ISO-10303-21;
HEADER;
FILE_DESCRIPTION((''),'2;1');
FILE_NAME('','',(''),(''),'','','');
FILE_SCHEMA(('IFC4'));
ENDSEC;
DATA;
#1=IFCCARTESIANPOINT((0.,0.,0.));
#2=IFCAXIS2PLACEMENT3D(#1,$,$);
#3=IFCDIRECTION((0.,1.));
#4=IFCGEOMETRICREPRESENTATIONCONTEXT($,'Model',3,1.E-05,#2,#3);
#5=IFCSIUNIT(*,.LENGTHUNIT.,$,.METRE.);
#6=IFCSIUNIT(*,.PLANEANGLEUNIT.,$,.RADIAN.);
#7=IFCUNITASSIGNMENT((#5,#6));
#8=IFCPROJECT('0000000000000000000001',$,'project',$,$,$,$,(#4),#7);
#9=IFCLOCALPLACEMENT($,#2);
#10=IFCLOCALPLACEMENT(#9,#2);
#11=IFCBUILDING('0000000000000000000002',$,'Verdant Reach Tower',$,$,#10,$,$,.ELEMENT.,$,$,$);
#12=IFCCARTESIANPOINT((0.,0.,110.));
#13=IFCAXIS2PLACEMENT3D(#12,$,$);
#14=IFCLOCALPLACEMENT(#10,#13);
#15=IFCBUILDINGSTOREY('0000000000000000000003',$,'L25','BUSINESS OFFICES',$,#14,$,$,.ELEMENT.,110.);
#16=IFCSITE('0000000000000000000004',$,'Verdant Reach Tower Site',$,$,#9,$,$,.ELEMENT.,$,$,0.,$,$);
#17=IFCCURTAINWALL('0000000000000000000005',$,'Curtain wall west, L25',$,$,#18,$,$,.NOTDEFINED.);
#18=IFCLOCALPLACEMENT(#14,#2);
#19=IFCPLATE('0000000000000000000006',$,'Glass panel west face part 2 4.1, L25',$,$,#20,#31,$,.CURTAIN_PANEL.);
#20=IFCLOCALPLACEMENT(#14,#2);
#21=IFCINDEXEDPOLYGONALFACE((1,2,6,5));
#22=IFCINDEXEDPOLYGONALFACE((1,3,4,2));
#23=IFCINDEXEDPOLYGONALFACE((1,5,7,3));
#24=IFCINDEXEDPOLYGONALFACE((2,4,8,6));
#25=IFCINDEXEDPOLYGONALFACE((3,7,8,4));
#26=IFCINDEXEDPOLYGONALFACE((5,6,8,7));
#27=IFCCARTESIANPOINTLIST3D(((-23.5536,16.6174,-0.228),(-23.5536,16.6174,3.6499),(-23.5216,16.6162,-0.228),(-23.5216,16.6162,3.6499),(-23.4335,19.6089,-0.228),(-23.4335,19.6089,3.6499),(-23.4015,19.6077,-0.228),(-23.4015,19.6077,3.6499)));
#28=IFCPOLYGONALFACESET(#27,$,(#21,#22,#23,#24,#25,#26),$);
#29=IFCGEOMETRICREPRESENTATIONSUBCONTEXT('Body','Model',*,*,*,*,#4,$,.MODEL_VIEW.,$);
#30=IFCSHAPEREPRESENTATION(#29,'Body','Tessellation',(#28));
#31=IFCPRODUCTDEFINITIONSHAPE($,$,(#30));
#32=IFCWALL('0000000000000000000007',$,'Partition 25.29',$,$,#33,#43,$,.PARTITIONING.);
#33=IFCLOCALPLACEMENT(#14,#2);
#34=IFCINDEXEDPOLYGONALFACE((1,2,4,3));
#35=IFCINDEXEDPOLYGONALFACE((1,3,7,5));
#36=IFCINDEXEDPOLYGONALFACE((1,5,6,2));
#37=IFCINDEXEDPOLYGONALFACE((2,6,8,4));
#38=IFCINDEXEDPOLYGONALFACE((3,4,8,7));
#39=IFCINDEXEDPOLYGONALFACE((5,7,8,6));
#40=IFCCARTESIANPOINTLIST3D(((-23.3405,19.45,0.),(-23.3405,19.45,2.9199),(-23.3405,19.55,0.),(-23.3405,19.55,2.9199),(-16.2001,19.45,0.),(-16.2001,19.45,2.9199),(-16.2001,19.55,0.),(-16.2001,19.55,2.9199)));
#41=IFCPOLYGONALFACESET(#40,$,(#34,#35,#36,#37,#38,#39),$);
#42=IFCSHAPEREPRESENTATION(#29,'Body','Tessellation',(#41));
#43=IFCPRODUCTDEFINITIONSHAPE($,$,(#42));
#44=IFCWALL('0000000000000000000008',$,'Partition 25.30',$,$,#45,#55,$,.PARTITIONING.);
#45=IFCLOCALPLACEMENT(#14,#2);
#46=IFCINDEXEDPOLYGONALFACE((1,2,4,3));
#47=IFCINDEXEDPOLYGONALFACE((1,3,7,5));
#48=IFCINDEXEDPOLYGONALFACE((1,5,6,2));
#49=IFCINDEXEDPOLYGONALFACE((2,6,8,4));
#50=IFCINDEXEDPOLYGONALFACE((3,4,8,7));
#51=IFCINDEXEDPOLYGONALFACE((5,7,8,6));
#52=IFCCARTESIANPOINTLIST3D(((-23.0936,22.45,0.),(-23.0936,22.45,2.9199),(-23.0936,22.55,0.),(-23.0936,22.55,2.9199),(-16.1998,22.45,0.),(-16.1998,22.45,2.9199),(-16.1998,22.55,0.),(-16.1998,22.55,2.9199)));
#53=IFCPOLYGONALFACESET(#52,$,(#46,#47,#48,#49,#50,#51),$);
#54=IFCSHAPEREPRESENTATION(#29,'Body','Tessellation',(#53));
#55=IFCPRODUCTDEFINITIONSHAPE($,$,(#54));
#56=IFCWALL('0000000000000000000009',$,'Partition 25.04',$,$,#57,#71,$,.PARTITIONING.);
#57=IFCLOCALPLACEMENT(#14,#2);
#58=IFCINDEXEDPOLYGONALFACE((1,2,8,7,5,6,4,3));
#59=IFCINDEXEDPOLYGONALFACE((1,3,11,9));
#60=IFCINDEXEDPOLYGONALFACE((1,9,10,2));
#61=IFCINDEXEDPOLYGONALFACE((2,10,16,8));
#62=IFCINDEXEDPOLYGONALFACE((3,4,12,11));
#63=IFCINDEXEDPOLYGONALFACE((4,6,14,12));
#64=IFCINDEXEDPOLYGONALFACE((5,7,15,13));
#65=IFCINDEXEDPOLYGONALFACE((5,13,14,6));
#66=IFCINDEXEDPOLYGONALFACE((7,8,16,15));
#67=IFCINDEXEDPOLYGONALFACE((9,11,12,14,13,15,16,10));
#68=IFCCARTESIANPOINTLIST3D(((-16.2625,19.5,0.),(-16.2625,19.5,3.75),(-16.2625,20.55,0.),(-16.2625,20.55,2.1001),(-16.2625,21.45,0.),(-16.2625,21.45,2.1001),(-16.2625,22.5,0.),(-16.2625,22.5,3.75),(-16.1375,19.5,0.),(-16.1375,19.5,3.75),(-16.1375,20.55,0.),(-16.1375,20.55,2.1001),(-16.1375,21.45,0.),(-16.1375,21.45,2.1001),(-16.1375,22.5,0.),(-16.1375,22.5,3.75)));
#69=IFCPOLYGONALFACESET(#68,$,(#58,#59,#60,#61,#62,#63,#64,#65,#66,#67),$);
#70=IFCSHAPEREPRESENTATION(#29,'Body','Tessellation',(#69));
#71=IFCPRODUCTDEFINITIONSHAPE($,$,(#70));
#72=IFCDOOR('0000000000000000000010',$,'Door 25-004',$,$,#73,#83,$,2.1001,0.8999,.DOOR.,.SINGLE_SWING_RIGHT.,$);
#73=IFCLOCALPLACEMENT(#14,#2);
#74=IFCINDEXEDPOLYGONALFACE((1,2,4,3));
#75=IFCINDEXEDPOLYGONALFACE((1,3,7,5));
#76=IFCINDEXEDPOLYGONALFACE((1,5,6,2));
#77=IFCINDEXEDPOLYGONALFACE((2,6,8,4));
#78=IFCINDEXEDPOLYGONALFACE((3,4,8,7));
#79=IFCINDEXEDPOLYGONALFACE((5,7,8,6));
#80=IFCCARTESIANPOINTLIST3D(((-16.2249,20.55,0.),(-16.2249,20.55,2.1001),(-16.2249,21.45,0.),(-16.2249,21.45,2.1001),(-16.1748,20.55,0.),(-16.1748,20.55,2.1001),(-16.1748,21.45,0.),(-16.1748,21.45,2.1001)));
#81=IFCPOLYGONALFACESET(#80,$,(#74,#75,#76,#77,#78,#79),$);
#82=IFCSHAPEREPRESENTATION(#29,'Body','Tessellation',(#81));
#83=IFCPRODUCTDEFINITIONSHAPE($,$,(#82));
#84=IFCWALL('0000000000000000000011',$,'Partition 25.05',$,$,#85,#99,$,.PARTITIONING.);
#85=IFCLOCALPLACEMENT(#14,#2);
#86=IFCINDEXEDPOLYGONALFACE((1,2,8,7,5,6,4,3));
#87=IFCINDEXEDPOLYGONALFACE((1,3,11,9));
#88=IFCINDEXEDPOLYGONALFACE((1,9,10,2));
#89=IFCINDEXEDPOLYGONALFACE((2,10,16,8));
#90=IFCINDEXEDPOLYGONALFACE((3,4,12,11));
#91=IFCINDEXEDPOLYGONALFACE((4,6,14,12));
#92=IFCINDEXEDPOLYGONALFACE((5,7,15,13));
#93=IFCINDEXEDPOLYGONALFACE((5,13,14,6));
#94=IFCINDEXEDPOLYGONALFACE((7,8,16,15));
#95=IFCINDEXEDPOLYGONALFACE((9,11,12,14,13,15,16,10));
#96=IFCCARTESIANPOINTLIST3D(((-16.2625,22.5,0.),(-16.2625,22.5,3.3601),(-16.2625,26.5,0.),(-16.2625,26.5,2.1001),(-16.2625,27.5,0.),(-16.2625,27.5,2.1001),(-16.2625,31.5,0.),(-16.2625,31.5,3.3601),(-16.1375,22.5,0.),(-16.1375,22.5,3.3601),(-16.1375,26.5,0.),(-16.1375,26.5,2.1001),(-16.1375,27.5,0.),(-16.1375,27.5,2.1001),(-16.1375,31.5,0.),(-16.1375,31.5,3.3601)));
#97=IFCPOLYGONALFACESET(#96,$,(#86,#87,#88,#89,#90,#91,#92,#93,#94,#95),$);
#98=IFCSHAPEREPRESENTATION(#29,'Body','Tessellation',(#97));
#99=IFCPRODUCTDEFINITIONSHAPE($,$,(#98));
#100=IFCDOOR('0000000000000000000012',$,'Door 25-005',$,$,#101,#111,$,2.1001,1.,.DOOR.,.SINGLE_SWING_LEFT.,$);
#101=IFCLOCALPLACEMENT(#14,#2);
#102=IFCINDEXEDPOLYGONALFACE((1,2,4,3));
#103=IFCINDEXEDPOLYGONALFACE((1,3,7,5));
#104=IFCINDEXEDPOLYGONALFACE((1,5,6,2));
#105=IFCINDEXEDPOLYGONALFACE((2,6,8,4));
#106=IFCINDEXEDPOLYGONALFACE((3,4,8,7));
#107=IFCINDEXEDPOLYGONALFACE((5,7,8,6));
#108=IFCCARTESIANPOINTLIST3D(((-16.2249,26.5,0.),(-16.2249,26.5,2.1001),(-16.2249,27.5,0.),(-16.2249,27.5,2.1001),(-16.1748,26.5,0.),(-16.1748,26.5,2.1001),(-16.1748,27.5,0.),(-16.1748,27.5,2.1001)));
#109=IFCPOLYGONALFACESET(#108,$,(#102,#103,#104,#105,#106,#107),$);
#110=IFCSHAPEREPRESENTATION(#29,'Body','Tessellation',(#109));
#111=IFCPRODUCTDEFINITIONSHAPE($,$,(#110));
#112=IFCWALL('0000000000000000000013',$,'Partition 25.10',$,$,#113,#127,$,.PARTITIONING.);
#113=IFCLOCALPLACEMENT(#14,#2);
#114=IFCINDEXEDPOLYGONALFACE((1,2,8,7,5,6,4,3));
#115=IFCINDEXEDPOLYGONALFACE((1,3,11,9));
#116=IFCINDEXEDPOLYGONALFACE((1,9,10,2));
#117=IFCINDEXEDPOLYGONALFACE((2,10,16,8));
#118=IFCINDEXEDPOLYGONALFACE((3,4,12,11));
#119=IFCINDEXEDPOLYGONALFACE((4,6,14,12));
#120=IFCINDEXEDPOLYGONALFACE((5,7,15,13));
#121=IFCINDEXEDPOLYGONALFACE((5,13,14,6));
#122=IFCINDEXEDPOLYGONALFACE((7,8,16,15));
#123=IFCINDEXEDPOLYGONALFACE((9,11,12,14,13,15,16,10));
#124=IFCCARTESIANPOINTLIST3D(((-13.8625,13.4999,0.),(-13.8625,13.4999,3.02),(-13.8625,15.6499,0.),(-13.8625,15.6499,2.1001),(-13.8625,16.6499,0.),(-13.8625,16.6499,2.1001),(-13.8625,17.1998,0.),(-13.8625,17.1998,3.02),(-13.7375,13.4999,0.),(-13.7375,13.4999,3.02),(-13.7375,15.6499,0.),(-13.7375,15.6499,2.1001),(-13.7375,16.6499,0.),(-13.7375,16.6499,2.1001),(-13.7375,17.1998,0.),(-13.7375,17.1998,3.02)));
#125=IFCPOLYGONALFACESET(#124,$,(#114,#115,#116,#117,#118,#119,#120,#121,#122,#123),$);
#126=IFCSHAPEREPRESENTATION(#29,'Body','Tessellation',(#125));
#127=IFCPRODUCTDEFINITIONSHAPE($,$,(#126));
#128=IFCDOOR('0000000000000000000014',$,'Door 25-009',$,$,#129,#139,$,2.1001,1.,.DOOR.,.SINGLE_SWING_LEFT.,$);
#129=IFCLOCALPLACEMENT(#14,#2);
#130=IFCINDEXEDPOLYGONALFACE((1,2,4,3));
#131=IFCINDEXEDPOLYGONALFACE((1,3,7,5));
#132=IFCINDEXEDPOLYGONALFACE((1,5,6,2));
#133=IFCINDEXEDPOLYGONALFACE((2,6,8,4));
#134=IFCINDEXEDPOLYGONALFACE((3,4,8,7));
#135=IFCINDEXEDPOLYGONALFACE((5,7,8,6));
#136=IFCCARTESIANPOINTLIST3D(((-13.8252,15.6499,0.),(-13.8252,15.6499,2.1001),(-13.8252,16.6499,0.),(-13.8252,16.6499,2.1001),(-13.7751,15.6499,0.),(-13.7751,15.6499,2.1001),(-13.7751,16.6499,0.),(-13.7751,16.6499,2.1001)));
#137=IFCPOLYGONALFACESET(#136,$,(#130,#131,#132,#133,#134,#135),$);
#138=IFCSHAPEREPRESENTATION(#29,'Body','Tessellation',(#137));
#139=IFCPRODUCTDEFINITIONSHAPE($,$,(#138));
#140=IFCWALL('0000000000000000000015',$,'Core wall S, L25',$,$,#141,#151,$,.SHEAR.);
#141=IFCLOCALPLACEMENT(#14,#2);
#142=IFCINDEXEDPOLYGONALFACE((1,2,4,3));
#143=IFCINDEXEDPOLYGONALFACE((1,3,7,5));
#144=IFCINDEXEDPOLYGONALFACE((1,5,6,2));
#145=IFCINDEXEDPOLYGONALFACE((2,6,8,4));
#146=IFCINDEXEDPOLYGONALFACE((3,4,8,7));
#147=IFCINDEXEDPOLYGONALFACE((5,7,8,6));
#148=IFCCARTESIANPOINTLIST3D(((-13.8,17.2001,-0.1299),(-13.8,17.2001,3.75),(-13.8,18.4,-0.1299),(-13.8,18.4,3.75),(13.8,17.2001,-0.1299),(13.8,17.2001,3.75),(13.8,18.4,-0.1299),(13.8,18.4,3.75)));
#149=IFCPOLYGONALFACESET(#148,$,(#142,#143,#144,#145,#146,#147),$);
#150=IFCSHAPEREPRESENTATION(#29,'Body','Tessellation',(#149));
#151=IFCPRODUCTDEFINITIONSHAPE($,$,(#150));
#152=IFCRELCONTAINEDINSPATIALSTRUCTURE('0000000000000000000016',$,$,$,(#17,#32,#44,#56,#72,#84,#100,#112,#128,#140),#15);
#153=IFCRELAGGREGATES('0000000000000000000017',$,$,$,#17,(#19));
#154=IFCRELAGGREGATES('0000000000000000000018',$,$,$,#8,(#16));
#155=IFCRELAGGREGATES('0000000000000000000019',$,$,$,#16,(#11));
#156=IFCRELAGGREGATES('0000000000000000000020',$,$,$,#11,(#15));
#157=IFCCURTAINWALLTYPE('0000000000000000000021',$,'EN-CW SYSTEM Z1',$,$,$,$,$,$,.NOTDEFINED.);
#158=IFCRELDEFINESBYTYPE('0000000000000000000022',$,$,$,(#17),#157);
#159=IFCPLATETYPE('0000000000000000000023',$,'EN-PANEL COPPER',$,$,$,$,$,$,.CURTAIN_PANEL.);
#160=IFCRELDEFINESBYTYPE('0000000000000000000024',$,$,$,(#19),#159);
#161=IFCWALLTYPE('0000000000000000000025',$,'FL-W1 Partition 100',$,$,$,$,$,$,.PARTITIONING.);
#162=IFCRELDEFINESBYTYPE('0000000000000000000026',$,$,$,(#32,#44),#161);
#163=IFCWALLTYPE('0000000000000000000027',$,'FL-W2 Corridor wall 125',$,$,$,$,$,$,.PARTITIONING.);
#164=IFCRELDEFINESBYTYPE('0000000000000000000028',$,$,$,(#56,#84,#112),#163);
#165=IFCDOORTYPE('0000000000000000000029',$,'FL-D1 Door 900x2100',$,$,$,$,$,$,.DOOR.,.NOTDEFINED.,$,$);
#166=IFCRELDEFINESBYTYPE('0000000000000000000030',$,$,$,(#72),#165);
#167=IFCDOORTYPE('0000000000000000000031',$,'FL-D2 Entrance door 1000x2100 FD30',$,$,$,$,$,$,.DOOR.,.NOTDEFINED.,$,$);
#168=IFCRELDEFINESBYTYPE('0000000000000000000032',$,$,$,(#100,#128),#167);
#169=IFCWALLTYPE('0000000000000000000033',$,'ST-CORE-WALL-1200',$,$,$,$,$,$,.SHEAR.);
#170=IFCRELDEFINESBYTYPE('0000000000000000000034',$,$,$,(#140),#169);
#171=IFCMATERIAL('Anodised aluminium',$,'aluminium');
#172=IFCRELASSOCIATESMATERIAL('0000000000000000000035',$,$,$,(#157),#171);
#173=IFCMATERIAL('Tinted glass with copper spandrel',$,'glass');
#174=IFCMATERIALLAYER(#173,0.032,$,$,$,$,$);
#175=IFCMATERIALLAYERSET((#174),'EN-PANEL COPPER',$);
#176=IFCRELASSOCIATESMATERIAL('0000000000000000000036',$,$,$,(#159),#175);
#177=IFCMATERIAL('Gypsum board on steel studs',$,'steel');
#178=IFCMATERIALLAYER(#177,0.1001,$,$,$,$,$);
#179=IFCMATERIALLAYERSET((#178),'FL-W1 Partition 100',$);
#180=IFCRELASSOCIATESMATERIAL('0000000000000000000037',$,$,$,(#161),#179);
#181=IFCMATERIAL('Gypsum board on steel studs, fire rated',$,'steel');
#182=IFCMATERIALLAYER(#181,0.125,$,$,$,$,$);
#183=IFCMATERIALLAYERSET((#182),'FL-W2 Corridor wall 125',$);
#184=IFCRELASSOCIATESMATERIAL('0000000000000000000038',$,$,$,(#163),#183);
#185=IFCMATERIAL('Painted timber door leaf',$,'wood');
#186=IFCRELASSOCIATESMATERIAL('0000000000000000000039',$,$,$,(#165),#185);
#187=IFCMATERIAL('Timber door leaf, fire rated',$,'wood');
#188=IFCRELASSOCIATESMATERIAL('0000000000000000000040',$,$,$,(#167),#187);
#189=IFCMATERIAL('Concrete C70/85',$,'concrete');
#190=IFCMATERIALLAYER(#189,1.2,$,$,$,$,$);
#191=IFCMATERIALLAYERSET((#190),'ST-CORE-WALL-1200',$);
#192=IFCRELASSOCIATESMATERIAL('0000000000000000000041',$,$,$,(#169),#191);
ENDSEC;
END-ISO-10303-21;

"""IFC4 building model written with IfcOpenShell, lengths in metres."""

from ifc_helpers import new_model, si_unit, direction, frame, frame_2d, origin, origin_2d, place, context, subcontext, project, spatial, rectangle, extrude, material, layer, layer_set, type_object, element, fill, aggregate, save


model = new_model("IFC4")

# Units and contexts
model_context = context("Model", 3, precision=1e-05, world=origin(), true_north=direction((0.0, 1.0)))
body_context = subcontext(model_context, "Body", "Model", "MODEL_VIEW")
ifc_project = project(units=[si_unit("LENGTHUNIT", "METRE"), si_unit("PLANEANGLEUNIT", "RADIAN")], contexts=[model_context])

# Site, building, storey
site_placement = place(None, origin())
site = spatial("IfcSite", under=ifc_project, at=site_placement, Name="Verdant Reach Tower Site", CompositionType="ELEMENT", RefElevation=0.0)
building_placement = place(site_placement, origin())
building = spatial("IfcBuilding", under=site, at=building_placement, Name="Verdant Reach Tower", CompositionType="ELEMENT")
storey_placement = place(building_placement, frame((0.0, 0.0, 110.0)))
storey = spatial("IfcBuildingStorey", under=building, at=storey_placement, Name="L25", Description="BUSINESS OFFICES", CompositionType="ELEMENT", Elevation=110.0)

# Curtain wall, plate
ifc_material_1 = material(Name="Anodised aluminium", Category="aluminium")
curtain_wall_type = type_object("IfcCurtainWallType", Name="EN-CW SYSTEM Z1", PredefinedType="NOTDEFINED", material=ifc_material_1)
curtain_wall_placement = place(storey_placement, origin())
curtain_wall = element("IfcCurtainWall", 1, at=curtain_wall_placement, inside=storey, type_object=curtain_wall_type, Name="Curtain wall west, L25", PredefinedType="NOTDEFINED")
ifc_material_2 = material(Name="Tinted glass with copper spandrel", Category="glass")
ifc_layer_1 = layer(ifc_material_2, 0.032)
ifc_layer_set_1 = layer_set([ifc_layer_1], Name="EN-PANEL COPPER")
plate_type_1 = type_object("IfcPlateType", Name="EN-PANEL COPPER", PredefinedType="CURTAIN_PANEL", material=ifc_layer_set_1)
plate_1_placement = place(storey_placement, frame((-23.4775, 18.1125, -0.228), z_axis=(0.0, 0.0, 1.0), x_axis=(-0.040109, -0.999195, 0.0)))
plate_1 = element("IfcPlate", 2, at=plate_1_placement, type_object=plate_type_1, Name="Glass panel west face part 2 4.1, L25", PredefinedType="CURTAIN_PANEL", context=body_context, shape_type="SweptSolid", body=[
    extrude(rectangle(XDim=2.9939, YDim=0.032, at=origin_2d()), origin(), (0.0, 0.0, 1.0), 3.8779),
])
aggregate(curtain_wall, [plate_1])

# Walls
ifc_material_3 = material(Name="Gypsum board on steel studs", Category="steel")
ifc_layer_2 = layer(ifc_material_3, 0.1001)
ifc_layer_set_2 = layer_set([ifc_layer_2], Name="FL-W1 Partition 100")
wall_type_1 = type_object("IfcWallType", Name="FL-W1 Partition 100", PredefinedType="PARTITIONING", material=ifc_layer_set_2)
wall_1_placement = place(storey_placement, frame((-16.2, 19.5, 0.0), z_axis=(0.0, 0.0, 1.0), x_axis=(-1.0, 0.0, 0.0)))
element("IfcWall", 3, at=wall_1_placement, inside=storey, type_object=wall_type_1, Name="Partition 25.29", PredefinedType="PARTITIONING", context=body_context, shape_type="SweptSolid", body=[
    extrude(rectangle(XDim=7.1404, YDim=0.1001, at=frame_2d((3.5703, 0.0))), origin(), (0.0, 0.0, 1.0), 2.9199),
])
wall_2_placement = place(storey_placement, frame((-16.2, 22.5, 0.0), z_axis=(0.0, 0.0, 1.0), x_axis=(-1.0, 0.0, 0.0)))
element("IfcWall", 4, at=wall_2_placement, inside=storey, type_object=wall_type_1, Name="Partition 25.30", PredefinedType="PARTITIONING", context=body_context, shape_type="SweptSolid", body=[
    extrude(rectangle(XDim=6.8938, YDim=0.1001, at=frame_2d((3.4468, 0.0))), origin(), (0.0, 0.0, 1.0), 2.9199),
])

# Walls, openings, doors
ifc_material_4 = material(Name="Gypsum board on steel studs, fire rated", Category="steel")
ifc_layer_3 = layer(ifc_material_4, 0.125)
ifc_layer_set_3 = layer_set([ifc_layer_3], Name="FL-W2 Corridor wall 125")
wall_type_2 = type_object("IfcWallType", Name="FL-W2 Corridor wall 125", PredefinedType="PARTITIONING", material=ifc_layer_set_3)
wall_3_placement = place(storey_placement, frame((-16.2, 19.5, 0.0), z_axis=(0.0, 0.0, 1.0), x_axis=(0.0, 1.0, 0.0)))
wall_3 = element("IfcWall", 5, at=wall_3_placement, inside=storey, type_object=wall_type_2, Name="Partition 25.04", PredefinedType="PARTITIONING", context=body_context, shape_type="SweptSolid", body=[
    extrude(rectangle(XDim=3.0, YDim=0.125, at=frame_2d((1.5, 0.0))), origin(), (0.0, 0.0, 1.0), 3.75),
])
opening_1_placement = place(wall_3_placement, frame((1.05, 0.0, 0.0)))
opening_1 = element("IfcOpeningElement", 6, at=opening_1_placement, cuts=wall_3, PredefinedType="OPENING", context=body_context, shape_type="SweptSolid", body=[
    extrude(rectangle(XDim=0.8999, YDim=2.1001, at=frame_2d((0.45, 1.05))), frame((0.0, 0.0725, 0.0), z_axis=(0.0, -1.0, 0.0), x_axis=(1.0, 0.0, 0.0)), (0.0, 0.0, 1.0), 0.145),
])
ifc_material_5 = material(Name="Painted timber door leaf", Category="wood")
door_type_1 = type_object("IfcDoorType", Name="FL-D1 Door 900x2100", OperationType="NOTDEFINED", PredefinedType="DOOR", material=ifc_material_5)
door_1_placement = place(opening_1_placement, origin())
door_1 = element("IfcDoor", 7, at=door_1_placement, inside=storey, type_object=door_type_1, Name="Door 25-004", OperationType="SINGLE_SWING_RIGHT", OverallHeight=2.1001, OverallWidth=0.8999, PredefinedType="DOOR", context=body_context, shape_type="SweptSolid", body=[
    extrude(rectangle(XDim=0.8999, YDim=2.1001, at=frame_2d((0.45, 1.05))), frame((0.0, 0.0249, 0.0), z_axis=(0.0, -1.0, 0.0), x_axis=(1.0, 0.0, 0.0)), (0.0, 0.0, 1.0), 0.05),
])
fill(opening_1, door_1)
wall_4_placement = place(storey_placement, frame((-16.2, 22.5, 0.0), z_axis=(0.0, 0.0, 1.0), x_axis=(0.0, 1.0, 0.0)))
wall_4 = element("IfcWall", 8, at=wall_4_placement, inside=storey, type_object=wall_type_2, Name="Partition 25.05", PredefinedType="PARTITIONING", context=body_context, shape_type="SweptSolid", body=[
    extrude(rectangle(XDim=9.0, YDim=0.125, at=frame_2d((4.5, 0.0))), origin(), (0.0, 0.0, 1.0), 3.3601),
])
opening_2_placement = place(wall_4_placement, frame((4.0, 0.0, 0.0)))
opening_2 = element("IfcOpeningElement", 9, at=opening_2_placement, cuts=wall_4, PredefinedType="OPENING", context=body_context, shape_type="SweptSolid", body=[
    extrude(rectangle(XDim=1.0, YDim=2.1001, at=frame_2d((0.5, 1.05))), frame((0.0, 0.0725, 0.0), z_axis=(0.0, -1.0, 0.0), x_axis=(1.0, 0.0, 0.0)), (0.0, 0.0, 1.0), 0.145),
])
ifc_material_6 = material(Name="Timber door leaf, fire rated", Category="wood")
door_type_2 = type_object("IfcDoorType", Name="FL-D2 Entrance door 1000x2100 FD30", OperationType="NOTDEFINED", PredefinedType="DOOR", material=ifc_material_6)
door_2_placement = place(opening_2_placement, origin())
door_2 = element("IfcDoor", 10, at=door_2_placement, inside=storey, type_object=door_type_2, Name="Door 25-005", OperationType="SINGLE_SWING_LEFT", OverallHeight=2.1001, OverallWidth=1.0, PredefinedType="DOOR", context=body_context, shape_type="SweptSolid", body=[
    extrude(rectangle(XDim=1.0, YDim=2.1001, at=frame_2d((0.5, 1.05))), frame((0.0, 0.0249, 0.0), z_axis=(0.0, -1.0, 0.0), x_axis=(1.0, 0.0, 0.0)), (0.0, 0.0, 1.0), 0.05),
])
fill(opening_2, door_2)
wall_5_placement = place(storey_placement, frame((-13.8, 17.2, 0.0), z_axis=(0.0, 0.0, 1.0), x_axis=(0.0, -1.0, 0.0)))
wall_5 = element("IfcWall", 11, at=wall_5_placement, inside=storey, type_object=wall_type_2, Name="Partition 25.10", PredefinedType="PARTITIONING", context=body_context, shape_type="SweptSolid", body=[
    extrude(rectangle(XDim=3.7, YDim=0.125, at=frame_2d((1.8501, 0.0))), origin(), (0.0, 0.0, 1.0), 3.02),
])
opening_3_placement = place(wall_5_placement, frame((0.55, 0.0, 0.0)))
opening_3 = element("IfcOpeningElement", 12, at=opening_3_placement, cuts=wall_5, PredefinedType="OPENING", context=body_context, shape_type="SweptSolid", body=[
    extrude(rectangle(XDim=1.0, YDim=2.1001, at=frame_2d((0.5, 1.05))), frame((0.0, 0.0725, 0.0), z_axis=(0.0, -1.0, 0.0), x_axis=(1.0, 0.0, 0.0)), (0.0, 0.0, 1.0), 0.145),
])
door_3_placement = place(opening_3_placement, origin())
door_3 = element("IfcDoor", 13, at=door_3_placement, inside=storey, type_object=door_type_2, Name="Door 25-009", OperationType="SINGLE_SWING_LEFT", OverallHeight=2.1001, OverallWidth=1.0, PredefinedType="DOOR", context=body_context, shape_type="SweptSolid", body=[
    extrude(rectangle(XDim=1.0, YDim=2.1001, at=frame_2d((0.5, 1.05))), frame((0.0, 0.0249, 0.0), z_axis=(0.0, -1.0, 0.0), x_axis=(1.0, 0.0, 0.0)), (0.0, 0.0, 1.0), 0.05),
])
fill(opening_3, door_3)

# Wall
ifc_material_7 = material(Name="Concrete C70/85", Category="concrete")
ifc_layer_4 = layer(ifc_material_7, 1.2)
ifc_layer_set_4 = layer_set([ifc_layer_4], Name="ST-CORE-WALL-1200")
wall_type_3 = type_object("IfcWallType", Name="ST-CORE-WALL-1200", PredefinedType="SHEAR", material=ifc_layer_set_4)
wall_6_placement = place(storey_placement, frame((-13.8, 17.8, -0.1299), z_axis=(0.0, 0.0, 1.0), x_axis=(1.0, 0.0, 0.0)))
element("IfcWall", 14, at=wall_6_placement, inside=storey, type_object=wall_type_3, Name="Core wall S, L25", PredefinedType="SHEAR", context=body_context, shape_type="SweptSolid", body=[
    extrude(rectangle(XDim=27.6001, YDim=1.2, at=frame_2d((13.8, 0.0))), origin(), (0.0, 0.0, 1.0), 3.8799),
])

save(model, "model.ifc")
